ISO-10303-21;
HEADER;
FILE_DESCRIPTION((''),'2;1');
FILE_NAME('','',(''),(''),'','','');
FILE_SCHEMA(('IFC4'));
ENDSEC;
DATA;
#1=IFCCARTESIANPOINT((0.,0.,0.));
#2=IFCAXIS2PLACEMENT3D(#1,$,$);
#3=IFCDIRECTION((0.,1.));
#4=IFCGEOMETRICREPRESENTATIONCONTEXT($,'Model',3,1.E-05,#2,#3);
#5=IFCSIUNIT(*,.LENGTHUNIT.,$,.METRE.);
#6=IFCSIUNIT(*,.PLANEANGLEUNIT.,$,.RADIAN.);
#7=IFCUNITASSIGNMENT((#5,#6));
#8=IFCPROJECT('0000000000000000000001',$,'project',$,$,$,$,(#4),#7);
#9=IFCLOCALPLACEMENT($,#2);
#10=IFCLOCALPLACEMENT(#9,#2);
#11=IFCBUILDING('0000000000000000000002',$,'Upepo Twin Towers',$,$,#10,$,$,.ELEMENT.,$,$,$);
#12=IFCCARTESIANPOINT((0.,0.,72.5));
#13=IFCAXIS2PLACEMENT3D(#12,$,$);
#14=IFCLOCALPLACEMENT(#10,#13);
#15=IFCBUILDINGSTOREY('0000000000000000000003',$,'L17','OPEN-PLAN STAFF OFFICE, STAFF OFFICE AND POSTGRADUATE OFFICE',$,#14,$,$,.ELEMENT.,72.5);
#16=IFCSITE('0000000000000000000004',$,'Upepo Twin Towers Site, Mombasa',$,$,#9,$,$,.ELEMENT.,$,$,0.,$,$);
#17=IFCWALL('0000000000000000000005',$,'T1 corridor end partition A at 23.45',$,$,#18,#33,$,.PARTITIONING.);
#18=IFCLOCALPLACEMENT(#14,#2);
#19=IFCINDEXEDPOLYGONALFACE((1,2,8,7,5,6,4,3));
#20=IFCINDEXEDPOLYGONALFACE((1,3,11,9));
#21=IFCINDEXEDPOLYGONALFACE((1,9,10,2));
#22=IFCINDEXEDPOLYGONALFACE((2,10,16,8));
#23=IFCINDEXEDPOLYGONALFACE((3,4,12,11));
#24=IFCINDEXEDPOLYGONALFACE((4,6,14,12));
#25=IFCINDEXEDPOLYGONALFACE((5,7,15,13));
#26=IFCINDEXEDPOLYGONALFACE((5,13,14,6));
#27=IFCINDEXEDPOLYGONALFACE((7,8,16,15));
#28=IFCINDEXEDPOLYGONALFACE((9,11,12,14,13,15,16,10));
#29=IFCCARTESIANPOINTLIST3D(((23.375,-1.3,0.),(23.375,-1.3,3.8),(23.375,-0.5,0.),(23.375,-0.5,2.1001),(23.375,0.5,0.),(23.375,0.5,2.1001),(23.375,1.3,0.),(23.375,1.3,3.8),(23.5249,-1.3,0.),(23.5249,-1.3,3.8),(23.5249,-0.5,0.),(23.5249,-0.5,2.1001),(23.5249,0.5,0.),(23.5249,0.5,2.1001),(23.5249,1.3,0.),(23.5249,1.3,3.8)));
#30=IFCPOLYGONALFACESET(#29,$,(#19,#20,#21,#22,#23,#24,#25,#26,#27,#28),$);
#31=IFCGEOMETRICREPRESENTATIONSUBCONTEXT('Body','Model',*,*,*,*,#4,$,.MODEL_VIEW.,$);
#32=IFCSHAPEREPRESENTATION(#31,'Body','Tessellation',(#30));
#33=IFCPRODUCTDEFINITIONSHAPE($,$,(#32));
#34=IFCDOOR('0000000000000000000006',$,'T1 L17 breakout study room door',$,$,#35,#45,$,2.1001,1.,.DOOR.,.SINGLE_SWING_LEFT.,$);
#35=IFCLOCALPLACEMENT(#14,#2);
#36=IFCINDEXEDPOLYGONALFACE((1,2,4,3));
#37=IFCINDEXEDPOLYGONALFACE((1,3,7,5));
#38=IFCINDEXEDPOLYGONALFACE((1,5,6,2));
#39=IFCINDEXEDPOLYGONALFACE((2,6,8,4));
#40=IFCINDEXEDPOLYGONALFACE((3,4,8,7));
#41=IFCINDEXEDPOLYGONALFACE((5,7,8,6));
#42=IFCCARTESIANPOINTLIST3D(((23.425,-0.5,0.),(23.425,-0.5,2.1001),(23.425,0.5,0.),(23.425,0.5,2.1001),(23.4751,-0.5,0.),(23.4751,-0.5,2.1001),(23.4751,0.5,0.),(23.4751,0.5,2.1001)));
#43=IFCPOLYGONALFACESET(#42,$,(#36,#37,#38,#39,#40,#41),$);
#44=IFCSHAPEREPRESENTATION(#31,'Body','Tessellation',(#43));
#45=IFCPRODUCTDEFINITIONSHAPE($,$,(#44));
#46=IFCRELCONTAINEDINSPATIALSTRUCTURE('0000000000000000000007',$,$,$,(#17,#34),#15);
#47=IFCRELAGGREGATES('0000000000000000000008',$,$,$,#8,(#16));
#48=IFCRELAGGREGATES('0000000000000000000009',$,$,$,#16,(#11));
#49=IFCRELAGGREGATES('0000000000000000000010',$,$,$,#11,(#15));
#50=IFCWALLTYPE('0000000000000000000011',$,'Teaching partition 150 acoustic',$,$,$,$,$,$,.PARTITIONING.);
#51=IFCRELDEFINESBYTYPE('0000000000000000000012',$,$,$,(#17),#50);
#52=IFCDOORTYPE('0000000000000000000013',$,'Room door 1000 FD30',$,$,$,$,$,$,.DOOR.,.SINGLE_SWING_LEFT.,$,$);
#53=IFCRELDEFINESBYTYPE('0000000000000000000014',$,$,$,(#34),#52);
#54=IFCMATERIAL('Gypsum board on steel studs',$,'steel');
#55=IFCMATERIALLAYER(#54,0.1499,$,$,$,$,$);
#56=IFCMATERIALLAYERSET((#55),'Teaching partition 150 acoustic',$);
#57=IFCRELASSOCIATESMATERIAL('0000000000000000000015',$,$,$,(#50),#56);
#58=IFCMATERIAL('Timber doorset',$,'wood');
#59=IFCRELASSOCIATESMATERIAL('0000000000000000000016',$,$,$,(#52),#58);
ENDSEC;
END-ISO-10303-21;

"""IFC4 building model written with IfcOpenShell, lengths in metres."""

from ifc_helpers import new_model, si_unit, direction, frame, frame_2d, origin, place, context, subcontext, project, spatial, rectangle, extrude, material, layer, layer_set, type_object, element, fill, save


model = new_model("IFC4")

# Units and contexts
model_context = context("Model", 3, precision=1e-05, world=origin(), true_north=direction((0.0, 1.0)))
body_context = subcontext(model_context, "Body", "Model", "MODEL_VIEW")
ifc_project = project(units=[si_unit("LENGTHUNIT", "METRE"), si_unit("PLANEANGLEUNIT", "RADIAN")], contexts=[model_context])

# Site, building, storey
site_placement = place(None, origin())
site = spatial("IfcSite", under=ifc_project, at=site_placement, Name="Upepo Twin Towers Site, Mombasa", CompositionType="ELEMENT", RefElevation=0.0)
building_placement = place(site_placement, origin())
building = spatial("IfcBuilding", under=site, at=building_placement, Name="Upepo Twin Towers", CompositionType="ELEMENT")
storey_placement = place(building_placement, frame((0.0, 0.0, 72.5)))
storey = spatial("IfcBuildingStorey", under=building, at=storey_placement, Name="L17", Description="OPEN-PLAN STAFF OFFICE, STAFF OFFICE AND POSTGRADUATE OFFICE", CompositionType="ELEMENT", Elevation=72.5)

# Wall, opening, door
ifc_material_1 = material(Name="Gypsum board on steel studs", Category="steel")
ifc_layer_1 = layer(ifc_material_1, 0.1499)
ifc_layer_set_1 = layer_set([ifc_layer_1], Name="Teaching partition 150 acoustic")
wall_type_1 = type_object("IfcWallType", Name="Teaching partition 150 acoustic", PredefinedType="PARTITIONING", material=ifc_layer_set_1)
wall_1_placement = place(storey_placement, frame((23.45, -1.3, 0.0), z_axis=(0.0, 0.0, 1.0), x_axis=(0.0, 1.0, 0.0)))
wall_1 = element("IfcWall", 1, at=wall_1_placement, inside=storey, type_object=wall_type_1, Name="T1 corridor end partition A at 23.45", PredefinedType="PARTITIONING", context=body_context, shape_type="SweptSolid", body=[
    extrude(rectangle(XDim=2.6001, YDim=0.1499, at=frame_2d((1.3, 0.0))), origin(), (0.0, 0.0, 1.0), 3.8),
])
opening_1_placement = place(wall_1_placement, frame((0.8, 0.0, 0.0)))
opening_1 = element("IfcOpeningElement", 2, at=opening_1_placement, cuts=wall_1, PredefinedType="OPENING", context=body_context, shape_type="SweptSolid", body=[
    extrude(rectangle(XDim=1.0, YDim=2.1001, at=frame_2d((0.5, 1.05))), frame((0.0, 0.085, 0.0), z_axis=(0.0, -1.0, 0.0), x_axis=(1.0, 0.0, 0.0)), (0.0, 0.0, 1.0), 0.1699),
])
ifc_material_2 = material(Name="Timber doorset", Category="wood")
door_type_1 = type_object("IfcDoorType", Name="Room door 1000 FD30", OperationType="SINGLE_SWING_LEFT", PredefinedType="DOOR", material=ifc_material_2)
door_1_placement = place(opening_1_placement, origin())
door_1 = element("IfcDoor", 3, at=door_1_placement, inside=storey, type_object=door_type_1, Name="T1 L17 breakout study room door", OperationType="SINGLE_SWING_LEFT", OverallHeight=2.1001, OverallWidth=1.0, PredefinedType="DOOR", context=body_context, shape_type="SweptSolid", body=[
    extrude(rectangle(XDim=1.0, YDim=2.1001, at=frame_2d((0.5, 1.05))), frame((0.0, 0.0249, 0.0), z_axis=(0.0, -1.0, 0.0), x_axis=(1.0, 0.0, 0.0)), (0.0, 0.0, 1.0), 0.05),
])
fill(opening_1, door_1)

save(model, "model.ifc")
